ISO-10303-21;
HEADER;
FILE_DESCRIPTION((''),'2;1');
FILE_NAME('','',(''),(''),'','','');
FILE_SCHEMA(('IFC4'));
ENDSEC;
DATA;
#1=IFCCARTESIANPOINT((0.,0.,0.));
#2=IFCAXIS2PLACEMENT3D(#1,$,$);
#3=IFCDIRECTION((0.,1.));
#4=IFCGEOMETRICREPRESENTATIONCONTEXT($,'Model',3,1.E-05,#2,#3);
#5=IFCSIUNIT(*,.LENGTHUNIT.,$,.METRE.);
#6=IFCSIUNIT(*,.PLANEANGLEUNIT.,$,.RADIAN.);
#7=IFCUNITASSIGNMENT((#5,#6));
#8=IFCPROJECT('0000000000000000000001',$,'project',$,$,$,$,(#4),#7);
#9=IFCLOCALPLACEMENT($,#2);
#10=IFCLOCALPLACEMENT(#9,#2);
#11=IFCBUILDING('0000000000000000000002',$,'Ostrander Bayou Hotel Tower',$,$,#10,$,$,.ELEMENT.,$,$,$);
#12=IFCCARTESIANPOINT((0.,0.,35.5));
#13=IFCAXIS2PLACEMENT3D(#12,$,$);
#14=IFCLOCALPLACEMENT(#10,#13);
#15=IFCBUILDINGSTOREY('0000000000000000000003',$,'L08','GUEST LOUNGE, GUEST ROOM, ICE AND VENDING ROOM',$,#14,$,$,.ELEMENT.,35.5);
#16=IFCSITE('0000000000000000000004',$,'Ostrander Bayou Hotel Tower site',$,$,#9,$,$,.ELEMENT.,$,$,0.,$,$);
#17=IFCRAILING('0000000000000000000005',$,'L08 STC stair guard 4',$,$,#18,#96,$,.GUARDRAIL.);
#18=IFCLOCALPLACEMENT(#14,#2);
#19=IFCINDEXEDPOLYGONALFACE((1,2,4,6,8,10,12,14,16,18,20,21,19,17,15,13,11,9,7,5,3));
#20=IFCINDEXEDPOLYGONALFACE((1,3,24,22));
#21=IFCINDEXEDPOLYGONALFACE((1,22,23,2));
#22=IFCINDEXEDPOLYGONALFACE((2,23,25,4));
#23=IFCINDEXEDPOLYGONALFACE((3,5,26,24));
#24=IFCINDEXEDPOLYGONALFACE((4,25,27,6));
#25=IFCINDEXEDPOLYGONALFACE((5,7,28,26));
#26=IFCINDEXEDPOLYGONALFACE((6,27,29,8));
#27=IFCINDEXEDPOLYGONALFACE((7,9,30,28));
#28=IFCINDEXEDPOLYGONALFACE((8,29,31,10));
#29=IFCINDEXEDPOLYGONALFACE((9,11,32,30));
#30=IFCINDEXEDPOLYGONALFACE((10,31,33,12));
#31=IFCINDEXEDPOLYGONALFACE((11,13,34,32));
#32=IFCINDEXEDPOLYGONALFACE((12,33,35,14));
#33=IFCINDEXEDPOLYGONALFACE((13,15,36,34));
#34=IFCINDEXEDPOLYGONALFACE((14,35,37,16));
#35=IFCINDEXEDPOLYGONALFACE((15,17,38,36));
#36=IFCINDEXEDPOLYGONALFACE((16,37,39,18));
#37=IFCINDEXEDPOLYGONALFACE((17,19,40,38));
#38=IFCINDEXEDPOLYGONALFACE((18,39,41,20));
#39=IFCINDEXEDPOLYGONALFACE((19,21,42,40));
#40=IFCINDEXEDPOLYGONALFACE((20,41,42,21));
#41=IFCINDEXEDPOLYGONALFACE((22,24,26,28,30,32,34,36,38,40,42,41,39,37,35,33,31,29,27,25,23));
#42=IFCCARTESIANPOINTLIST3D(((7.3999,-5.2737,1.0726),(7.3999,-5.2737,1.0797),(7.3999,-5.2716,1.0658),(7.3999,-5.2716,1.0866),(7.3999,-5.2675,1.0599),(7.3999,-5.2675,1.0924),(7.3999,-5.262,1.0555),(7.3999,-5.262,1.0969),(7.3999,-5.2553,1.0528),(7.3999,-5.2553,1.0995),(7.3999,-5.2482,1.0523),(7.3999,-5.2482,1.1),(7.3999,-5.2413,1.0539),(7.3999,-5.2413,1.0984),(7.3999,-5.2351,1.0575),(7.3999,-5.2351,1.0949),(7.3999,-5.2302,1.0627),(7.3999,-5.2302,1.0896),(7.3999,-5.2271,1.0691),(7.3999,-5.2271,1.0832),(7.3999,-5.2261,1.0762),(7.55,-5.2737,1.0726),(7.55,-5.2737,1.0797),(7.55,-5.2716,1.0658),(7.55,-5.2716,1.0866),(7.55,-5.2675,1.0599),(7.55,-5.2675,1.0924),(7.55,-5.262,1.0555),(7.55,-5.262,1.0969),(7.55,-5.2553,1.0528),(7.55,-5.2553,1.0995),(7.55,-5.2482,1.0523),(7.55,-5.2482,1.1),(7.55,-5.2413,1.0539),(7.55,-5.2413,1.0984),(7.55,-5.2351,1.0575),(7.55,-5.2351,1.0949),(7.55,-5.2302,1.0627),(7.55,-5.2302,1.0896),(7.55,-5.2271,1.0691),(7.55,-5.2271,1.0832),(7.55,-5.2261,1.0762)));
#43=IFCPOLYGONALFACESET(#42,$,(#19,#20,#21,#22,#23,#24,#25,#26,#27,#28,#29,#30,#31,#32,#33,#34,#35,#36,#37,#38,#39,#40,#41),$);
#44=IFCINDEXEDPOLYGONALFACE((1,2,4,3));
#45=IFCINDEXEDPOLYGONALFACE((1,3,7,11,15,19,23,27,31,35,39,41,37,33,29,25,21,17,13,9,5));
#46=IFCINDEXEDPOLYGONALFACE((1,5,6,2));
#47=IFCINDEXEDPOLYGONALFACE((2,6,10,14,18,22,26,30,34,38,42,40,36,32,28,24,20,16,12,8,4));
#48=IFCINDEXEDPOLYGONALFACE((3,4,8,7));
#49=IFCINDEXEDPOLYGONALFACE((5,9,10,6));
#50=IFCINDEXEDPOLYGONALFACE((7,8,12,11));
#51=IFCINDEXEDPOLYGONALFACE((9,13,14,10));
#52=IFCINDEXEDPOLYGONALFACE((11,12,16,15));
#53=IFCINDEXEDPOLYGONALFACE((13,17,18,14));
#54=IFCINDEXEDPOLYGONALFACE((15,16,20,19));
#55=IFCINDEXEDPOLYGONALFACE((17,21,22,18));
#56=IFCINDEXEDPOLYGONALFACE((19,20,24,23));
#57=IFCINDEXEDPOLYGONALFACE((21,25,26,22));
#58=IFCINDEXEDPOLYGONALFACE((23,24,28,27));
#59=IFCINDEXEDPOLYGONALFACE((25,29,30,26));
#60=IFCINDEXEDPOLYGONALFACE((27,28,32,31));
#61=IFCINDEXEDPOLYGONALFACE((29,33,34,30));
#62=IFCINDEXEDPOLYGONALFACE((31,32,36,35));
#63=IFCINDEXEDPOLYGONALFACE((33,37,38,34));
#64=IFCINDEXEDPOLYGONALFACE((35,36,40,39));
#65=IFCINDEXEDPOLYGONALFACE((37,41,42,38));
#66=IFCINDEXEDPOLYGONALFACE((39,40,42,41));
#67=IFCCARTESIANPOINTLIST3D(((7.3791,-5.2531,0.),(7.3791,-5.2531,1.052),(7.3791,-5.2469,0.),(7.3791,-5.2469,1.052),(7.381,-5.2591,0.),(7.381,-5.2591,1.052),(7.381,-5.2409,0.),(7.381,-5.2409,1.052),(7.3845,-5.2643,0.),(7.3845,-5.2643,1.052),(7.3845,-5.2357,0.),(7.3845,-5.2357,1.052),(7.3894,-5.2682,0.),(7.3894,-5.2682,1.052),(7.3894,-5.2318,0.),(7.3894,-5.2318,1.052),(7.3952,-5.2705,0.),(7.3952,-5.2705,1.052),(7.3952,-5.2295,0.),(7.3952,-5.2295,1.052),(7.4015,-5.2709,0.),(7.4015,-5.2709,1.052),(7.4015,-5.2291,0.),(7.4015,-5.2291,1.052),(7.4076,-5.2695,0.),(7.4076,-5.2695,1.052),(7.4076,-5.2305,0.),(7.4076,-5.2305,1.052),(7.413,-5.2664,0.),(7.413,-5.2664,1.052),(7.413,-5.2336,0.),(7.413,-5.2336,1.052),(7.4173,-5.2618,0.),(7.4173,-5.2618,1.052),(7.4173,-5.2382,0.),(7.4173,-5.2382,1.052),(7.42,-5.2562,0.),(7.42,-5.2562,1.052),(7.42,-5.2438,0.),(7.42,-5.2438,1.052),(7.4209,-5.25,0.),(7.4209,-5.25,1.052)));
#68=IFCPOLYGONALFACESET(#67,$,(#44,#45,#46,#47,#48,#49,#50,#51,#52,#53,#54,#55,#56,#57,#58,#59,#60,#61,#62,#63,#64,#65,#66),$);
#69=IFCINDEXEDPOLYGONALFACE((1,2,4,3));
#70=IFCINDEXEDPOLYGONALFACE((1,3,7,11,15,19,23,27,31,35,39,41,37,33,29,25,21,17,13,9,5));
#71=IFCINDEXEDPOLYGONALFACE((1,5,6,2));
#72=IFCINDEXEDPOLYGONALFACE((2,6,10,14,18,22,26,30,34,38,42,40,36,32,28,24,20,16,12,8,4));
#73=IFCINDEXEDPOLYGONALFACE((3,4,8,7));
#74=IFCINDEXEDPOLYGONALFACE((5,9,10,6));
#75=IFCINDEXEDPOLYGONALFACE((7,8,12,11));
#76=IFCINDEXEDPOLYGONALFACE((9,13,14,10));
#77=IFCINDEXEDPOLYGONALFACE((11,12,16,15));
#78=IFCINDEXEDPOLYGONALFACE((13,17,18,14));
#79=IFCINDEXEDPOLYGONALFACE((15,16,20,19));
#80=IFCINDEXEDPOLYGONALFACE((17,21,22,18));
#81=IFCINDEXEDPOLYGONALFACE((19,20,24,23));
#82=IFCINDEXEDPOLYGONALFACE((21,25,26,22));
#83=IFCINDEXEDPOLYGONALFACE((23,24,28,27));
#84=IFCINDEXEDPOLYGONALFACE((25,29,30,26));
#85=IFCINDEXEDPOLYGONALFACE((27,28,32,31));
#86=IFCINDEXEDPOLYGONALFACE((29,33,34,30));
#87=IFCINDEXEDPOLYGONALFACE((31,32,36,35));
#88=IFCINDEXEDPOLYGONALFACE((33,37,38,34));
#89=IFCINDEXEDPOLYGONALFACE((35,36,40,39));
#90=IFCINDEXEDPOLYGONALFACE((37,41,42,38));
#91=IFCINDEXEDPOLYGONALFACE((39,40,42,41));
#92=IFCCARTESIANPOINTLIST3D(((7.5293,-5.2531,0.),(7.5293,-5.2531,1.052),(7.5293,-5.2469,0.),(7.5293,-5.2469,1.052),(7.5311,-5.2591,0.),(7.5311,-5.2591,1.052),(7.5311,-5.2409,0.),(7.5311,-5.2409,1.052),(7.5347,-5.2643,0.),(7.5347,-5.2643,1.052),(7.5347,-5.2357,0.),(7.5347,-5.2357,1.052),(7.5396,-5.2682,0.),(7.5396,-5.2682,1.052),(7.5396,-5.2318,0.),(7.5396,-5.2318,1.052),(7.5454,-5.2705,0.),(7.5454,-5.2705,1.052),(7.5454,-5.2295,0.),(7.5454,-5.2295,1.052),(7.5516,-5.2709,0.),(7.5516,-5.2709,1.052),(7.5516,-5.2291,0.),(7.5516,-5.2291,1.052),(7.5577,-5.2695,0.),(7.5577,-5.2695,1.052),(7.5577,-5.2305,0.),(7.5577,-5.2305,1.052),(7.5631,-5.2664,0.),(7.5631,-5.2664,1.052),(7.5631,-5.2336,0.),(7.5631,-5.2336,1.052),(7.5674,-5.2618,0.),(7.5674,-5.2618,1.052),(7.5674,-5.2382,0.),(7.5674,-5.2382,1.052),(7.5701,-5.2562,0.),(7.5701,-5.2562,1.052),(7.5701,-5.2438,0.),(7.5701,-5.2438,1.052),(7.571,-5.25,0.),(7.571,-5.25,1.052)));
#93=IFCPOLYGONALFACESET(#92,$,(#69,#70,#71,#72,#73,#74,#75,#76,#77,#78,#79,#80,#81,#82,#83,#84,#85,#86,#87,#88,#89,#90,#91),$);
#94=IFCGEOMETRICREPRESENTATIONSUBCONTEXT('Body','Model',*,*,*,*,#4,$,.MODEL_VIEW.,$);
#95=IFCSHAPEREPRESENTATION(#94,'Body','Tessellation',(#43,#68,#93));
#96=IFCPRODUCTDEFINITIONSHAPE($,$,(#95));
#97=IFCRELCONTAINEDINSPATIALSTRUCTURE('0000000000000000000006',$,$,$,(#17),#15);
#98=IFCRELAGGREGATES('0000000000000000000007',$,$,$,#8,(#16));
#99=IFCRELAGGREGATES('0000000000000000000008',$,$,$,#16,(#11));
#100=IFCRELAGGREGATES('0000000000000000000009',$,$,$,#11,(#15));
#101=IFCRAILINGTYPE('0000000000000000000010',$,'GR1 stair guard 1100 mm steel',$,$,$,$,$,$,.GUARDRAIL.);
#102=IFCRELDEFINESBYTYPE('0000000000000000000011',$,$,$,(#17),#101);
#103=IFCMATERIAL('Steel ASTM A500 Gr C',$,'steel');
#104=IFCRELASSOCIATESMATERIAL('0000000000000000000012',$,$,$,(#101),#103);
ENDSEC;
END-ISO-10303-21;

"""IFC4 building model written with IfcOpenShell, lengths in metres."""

from ifc_helpers import new_model, si_unit, direction, frame, origin, origin_2d, place, context, subcontext, project, spatial, circle, extrude, material, type_object, element, save


model = new_model("IFC4")

# Units and contexts
model_context = context("Model", 3, precision=1e-05, world=origin(), true_north=direction((0.0, 1.0)))
body_context = subcontext(model_context, "Body", "Model", "MODEL_VIEW")
ifc_project = project(units=[si_unit("LENGTHUNIT", "METRE"), si_unit("PLANEANGLEUNIT", "RADIAN")], contexts=[model_context])

# Site, building, storey
site_placement = place(None, origin())
site = spatial("IfcSite", under=ifc_project, at=site_placement, Name="Ostrander Bayou Hotel Tower site", CompositionType="ELEMENT", RefElevation=0.0)
building_placement = place(site_placement, origin())
building = spatial("IfcBuilding", under=site, at=building_placement, Name="Ostrander Bayou Hotel Tower", CompositionType="ELEMENT")
storey_placement = place(building_placement, frame((0.0, 0.0, 35.5)))
storey = spatial("IfcBuildingStorey", under=building, at=storey_placement, Name="L08", Description="GUEST LOUNGE, GUEST ROOM, ICE AND VENDING ROOM", CompositionType="ELEMENT", Elevation=35.5)

# Railing
ifc_material_1 = material(Name="Steel ASTM A500 Gr C", Category="steel")
railing_type_1 = type_object("IfcRailingType", Name="GR1 stair guard 1100 mm steel", PredefinedType="GUARDRAIL", material=ifc_material_1)
railing_1_placement = place(storey_placement, frame((7.3999, -5.25, 0.0)))
element("IfcRailing", 1, at=railing_1_placement, inside=storey, type_object=railing_type_1, Name="L08 STC stair guard 4", PredefinedType="GUARDRAIL", context=body_context, shape_type="SweptSolid", body=[
    extrude(circle(Radius=0.0239, at=origin_2d()), frame((0.0, 0.0, 1.0762), z_axis=(1.0, 0.0, 0.0), x_axis=(0.0, 1.0, 0.0)), (0.0, 0.0, 1.0), 0.1501),
    extrude(circle(Radius=0.021, at=origin_2d()), origin(), (0.0, 0.0, 1.0), 1.052),
    extrude(circle(Radius=0.021, at=origin_2d()), frame((0.1501, 0.0, 0.0)), (0.0, 0.0, 1.0), 1.052),
])

save(model, "model.ifc")
